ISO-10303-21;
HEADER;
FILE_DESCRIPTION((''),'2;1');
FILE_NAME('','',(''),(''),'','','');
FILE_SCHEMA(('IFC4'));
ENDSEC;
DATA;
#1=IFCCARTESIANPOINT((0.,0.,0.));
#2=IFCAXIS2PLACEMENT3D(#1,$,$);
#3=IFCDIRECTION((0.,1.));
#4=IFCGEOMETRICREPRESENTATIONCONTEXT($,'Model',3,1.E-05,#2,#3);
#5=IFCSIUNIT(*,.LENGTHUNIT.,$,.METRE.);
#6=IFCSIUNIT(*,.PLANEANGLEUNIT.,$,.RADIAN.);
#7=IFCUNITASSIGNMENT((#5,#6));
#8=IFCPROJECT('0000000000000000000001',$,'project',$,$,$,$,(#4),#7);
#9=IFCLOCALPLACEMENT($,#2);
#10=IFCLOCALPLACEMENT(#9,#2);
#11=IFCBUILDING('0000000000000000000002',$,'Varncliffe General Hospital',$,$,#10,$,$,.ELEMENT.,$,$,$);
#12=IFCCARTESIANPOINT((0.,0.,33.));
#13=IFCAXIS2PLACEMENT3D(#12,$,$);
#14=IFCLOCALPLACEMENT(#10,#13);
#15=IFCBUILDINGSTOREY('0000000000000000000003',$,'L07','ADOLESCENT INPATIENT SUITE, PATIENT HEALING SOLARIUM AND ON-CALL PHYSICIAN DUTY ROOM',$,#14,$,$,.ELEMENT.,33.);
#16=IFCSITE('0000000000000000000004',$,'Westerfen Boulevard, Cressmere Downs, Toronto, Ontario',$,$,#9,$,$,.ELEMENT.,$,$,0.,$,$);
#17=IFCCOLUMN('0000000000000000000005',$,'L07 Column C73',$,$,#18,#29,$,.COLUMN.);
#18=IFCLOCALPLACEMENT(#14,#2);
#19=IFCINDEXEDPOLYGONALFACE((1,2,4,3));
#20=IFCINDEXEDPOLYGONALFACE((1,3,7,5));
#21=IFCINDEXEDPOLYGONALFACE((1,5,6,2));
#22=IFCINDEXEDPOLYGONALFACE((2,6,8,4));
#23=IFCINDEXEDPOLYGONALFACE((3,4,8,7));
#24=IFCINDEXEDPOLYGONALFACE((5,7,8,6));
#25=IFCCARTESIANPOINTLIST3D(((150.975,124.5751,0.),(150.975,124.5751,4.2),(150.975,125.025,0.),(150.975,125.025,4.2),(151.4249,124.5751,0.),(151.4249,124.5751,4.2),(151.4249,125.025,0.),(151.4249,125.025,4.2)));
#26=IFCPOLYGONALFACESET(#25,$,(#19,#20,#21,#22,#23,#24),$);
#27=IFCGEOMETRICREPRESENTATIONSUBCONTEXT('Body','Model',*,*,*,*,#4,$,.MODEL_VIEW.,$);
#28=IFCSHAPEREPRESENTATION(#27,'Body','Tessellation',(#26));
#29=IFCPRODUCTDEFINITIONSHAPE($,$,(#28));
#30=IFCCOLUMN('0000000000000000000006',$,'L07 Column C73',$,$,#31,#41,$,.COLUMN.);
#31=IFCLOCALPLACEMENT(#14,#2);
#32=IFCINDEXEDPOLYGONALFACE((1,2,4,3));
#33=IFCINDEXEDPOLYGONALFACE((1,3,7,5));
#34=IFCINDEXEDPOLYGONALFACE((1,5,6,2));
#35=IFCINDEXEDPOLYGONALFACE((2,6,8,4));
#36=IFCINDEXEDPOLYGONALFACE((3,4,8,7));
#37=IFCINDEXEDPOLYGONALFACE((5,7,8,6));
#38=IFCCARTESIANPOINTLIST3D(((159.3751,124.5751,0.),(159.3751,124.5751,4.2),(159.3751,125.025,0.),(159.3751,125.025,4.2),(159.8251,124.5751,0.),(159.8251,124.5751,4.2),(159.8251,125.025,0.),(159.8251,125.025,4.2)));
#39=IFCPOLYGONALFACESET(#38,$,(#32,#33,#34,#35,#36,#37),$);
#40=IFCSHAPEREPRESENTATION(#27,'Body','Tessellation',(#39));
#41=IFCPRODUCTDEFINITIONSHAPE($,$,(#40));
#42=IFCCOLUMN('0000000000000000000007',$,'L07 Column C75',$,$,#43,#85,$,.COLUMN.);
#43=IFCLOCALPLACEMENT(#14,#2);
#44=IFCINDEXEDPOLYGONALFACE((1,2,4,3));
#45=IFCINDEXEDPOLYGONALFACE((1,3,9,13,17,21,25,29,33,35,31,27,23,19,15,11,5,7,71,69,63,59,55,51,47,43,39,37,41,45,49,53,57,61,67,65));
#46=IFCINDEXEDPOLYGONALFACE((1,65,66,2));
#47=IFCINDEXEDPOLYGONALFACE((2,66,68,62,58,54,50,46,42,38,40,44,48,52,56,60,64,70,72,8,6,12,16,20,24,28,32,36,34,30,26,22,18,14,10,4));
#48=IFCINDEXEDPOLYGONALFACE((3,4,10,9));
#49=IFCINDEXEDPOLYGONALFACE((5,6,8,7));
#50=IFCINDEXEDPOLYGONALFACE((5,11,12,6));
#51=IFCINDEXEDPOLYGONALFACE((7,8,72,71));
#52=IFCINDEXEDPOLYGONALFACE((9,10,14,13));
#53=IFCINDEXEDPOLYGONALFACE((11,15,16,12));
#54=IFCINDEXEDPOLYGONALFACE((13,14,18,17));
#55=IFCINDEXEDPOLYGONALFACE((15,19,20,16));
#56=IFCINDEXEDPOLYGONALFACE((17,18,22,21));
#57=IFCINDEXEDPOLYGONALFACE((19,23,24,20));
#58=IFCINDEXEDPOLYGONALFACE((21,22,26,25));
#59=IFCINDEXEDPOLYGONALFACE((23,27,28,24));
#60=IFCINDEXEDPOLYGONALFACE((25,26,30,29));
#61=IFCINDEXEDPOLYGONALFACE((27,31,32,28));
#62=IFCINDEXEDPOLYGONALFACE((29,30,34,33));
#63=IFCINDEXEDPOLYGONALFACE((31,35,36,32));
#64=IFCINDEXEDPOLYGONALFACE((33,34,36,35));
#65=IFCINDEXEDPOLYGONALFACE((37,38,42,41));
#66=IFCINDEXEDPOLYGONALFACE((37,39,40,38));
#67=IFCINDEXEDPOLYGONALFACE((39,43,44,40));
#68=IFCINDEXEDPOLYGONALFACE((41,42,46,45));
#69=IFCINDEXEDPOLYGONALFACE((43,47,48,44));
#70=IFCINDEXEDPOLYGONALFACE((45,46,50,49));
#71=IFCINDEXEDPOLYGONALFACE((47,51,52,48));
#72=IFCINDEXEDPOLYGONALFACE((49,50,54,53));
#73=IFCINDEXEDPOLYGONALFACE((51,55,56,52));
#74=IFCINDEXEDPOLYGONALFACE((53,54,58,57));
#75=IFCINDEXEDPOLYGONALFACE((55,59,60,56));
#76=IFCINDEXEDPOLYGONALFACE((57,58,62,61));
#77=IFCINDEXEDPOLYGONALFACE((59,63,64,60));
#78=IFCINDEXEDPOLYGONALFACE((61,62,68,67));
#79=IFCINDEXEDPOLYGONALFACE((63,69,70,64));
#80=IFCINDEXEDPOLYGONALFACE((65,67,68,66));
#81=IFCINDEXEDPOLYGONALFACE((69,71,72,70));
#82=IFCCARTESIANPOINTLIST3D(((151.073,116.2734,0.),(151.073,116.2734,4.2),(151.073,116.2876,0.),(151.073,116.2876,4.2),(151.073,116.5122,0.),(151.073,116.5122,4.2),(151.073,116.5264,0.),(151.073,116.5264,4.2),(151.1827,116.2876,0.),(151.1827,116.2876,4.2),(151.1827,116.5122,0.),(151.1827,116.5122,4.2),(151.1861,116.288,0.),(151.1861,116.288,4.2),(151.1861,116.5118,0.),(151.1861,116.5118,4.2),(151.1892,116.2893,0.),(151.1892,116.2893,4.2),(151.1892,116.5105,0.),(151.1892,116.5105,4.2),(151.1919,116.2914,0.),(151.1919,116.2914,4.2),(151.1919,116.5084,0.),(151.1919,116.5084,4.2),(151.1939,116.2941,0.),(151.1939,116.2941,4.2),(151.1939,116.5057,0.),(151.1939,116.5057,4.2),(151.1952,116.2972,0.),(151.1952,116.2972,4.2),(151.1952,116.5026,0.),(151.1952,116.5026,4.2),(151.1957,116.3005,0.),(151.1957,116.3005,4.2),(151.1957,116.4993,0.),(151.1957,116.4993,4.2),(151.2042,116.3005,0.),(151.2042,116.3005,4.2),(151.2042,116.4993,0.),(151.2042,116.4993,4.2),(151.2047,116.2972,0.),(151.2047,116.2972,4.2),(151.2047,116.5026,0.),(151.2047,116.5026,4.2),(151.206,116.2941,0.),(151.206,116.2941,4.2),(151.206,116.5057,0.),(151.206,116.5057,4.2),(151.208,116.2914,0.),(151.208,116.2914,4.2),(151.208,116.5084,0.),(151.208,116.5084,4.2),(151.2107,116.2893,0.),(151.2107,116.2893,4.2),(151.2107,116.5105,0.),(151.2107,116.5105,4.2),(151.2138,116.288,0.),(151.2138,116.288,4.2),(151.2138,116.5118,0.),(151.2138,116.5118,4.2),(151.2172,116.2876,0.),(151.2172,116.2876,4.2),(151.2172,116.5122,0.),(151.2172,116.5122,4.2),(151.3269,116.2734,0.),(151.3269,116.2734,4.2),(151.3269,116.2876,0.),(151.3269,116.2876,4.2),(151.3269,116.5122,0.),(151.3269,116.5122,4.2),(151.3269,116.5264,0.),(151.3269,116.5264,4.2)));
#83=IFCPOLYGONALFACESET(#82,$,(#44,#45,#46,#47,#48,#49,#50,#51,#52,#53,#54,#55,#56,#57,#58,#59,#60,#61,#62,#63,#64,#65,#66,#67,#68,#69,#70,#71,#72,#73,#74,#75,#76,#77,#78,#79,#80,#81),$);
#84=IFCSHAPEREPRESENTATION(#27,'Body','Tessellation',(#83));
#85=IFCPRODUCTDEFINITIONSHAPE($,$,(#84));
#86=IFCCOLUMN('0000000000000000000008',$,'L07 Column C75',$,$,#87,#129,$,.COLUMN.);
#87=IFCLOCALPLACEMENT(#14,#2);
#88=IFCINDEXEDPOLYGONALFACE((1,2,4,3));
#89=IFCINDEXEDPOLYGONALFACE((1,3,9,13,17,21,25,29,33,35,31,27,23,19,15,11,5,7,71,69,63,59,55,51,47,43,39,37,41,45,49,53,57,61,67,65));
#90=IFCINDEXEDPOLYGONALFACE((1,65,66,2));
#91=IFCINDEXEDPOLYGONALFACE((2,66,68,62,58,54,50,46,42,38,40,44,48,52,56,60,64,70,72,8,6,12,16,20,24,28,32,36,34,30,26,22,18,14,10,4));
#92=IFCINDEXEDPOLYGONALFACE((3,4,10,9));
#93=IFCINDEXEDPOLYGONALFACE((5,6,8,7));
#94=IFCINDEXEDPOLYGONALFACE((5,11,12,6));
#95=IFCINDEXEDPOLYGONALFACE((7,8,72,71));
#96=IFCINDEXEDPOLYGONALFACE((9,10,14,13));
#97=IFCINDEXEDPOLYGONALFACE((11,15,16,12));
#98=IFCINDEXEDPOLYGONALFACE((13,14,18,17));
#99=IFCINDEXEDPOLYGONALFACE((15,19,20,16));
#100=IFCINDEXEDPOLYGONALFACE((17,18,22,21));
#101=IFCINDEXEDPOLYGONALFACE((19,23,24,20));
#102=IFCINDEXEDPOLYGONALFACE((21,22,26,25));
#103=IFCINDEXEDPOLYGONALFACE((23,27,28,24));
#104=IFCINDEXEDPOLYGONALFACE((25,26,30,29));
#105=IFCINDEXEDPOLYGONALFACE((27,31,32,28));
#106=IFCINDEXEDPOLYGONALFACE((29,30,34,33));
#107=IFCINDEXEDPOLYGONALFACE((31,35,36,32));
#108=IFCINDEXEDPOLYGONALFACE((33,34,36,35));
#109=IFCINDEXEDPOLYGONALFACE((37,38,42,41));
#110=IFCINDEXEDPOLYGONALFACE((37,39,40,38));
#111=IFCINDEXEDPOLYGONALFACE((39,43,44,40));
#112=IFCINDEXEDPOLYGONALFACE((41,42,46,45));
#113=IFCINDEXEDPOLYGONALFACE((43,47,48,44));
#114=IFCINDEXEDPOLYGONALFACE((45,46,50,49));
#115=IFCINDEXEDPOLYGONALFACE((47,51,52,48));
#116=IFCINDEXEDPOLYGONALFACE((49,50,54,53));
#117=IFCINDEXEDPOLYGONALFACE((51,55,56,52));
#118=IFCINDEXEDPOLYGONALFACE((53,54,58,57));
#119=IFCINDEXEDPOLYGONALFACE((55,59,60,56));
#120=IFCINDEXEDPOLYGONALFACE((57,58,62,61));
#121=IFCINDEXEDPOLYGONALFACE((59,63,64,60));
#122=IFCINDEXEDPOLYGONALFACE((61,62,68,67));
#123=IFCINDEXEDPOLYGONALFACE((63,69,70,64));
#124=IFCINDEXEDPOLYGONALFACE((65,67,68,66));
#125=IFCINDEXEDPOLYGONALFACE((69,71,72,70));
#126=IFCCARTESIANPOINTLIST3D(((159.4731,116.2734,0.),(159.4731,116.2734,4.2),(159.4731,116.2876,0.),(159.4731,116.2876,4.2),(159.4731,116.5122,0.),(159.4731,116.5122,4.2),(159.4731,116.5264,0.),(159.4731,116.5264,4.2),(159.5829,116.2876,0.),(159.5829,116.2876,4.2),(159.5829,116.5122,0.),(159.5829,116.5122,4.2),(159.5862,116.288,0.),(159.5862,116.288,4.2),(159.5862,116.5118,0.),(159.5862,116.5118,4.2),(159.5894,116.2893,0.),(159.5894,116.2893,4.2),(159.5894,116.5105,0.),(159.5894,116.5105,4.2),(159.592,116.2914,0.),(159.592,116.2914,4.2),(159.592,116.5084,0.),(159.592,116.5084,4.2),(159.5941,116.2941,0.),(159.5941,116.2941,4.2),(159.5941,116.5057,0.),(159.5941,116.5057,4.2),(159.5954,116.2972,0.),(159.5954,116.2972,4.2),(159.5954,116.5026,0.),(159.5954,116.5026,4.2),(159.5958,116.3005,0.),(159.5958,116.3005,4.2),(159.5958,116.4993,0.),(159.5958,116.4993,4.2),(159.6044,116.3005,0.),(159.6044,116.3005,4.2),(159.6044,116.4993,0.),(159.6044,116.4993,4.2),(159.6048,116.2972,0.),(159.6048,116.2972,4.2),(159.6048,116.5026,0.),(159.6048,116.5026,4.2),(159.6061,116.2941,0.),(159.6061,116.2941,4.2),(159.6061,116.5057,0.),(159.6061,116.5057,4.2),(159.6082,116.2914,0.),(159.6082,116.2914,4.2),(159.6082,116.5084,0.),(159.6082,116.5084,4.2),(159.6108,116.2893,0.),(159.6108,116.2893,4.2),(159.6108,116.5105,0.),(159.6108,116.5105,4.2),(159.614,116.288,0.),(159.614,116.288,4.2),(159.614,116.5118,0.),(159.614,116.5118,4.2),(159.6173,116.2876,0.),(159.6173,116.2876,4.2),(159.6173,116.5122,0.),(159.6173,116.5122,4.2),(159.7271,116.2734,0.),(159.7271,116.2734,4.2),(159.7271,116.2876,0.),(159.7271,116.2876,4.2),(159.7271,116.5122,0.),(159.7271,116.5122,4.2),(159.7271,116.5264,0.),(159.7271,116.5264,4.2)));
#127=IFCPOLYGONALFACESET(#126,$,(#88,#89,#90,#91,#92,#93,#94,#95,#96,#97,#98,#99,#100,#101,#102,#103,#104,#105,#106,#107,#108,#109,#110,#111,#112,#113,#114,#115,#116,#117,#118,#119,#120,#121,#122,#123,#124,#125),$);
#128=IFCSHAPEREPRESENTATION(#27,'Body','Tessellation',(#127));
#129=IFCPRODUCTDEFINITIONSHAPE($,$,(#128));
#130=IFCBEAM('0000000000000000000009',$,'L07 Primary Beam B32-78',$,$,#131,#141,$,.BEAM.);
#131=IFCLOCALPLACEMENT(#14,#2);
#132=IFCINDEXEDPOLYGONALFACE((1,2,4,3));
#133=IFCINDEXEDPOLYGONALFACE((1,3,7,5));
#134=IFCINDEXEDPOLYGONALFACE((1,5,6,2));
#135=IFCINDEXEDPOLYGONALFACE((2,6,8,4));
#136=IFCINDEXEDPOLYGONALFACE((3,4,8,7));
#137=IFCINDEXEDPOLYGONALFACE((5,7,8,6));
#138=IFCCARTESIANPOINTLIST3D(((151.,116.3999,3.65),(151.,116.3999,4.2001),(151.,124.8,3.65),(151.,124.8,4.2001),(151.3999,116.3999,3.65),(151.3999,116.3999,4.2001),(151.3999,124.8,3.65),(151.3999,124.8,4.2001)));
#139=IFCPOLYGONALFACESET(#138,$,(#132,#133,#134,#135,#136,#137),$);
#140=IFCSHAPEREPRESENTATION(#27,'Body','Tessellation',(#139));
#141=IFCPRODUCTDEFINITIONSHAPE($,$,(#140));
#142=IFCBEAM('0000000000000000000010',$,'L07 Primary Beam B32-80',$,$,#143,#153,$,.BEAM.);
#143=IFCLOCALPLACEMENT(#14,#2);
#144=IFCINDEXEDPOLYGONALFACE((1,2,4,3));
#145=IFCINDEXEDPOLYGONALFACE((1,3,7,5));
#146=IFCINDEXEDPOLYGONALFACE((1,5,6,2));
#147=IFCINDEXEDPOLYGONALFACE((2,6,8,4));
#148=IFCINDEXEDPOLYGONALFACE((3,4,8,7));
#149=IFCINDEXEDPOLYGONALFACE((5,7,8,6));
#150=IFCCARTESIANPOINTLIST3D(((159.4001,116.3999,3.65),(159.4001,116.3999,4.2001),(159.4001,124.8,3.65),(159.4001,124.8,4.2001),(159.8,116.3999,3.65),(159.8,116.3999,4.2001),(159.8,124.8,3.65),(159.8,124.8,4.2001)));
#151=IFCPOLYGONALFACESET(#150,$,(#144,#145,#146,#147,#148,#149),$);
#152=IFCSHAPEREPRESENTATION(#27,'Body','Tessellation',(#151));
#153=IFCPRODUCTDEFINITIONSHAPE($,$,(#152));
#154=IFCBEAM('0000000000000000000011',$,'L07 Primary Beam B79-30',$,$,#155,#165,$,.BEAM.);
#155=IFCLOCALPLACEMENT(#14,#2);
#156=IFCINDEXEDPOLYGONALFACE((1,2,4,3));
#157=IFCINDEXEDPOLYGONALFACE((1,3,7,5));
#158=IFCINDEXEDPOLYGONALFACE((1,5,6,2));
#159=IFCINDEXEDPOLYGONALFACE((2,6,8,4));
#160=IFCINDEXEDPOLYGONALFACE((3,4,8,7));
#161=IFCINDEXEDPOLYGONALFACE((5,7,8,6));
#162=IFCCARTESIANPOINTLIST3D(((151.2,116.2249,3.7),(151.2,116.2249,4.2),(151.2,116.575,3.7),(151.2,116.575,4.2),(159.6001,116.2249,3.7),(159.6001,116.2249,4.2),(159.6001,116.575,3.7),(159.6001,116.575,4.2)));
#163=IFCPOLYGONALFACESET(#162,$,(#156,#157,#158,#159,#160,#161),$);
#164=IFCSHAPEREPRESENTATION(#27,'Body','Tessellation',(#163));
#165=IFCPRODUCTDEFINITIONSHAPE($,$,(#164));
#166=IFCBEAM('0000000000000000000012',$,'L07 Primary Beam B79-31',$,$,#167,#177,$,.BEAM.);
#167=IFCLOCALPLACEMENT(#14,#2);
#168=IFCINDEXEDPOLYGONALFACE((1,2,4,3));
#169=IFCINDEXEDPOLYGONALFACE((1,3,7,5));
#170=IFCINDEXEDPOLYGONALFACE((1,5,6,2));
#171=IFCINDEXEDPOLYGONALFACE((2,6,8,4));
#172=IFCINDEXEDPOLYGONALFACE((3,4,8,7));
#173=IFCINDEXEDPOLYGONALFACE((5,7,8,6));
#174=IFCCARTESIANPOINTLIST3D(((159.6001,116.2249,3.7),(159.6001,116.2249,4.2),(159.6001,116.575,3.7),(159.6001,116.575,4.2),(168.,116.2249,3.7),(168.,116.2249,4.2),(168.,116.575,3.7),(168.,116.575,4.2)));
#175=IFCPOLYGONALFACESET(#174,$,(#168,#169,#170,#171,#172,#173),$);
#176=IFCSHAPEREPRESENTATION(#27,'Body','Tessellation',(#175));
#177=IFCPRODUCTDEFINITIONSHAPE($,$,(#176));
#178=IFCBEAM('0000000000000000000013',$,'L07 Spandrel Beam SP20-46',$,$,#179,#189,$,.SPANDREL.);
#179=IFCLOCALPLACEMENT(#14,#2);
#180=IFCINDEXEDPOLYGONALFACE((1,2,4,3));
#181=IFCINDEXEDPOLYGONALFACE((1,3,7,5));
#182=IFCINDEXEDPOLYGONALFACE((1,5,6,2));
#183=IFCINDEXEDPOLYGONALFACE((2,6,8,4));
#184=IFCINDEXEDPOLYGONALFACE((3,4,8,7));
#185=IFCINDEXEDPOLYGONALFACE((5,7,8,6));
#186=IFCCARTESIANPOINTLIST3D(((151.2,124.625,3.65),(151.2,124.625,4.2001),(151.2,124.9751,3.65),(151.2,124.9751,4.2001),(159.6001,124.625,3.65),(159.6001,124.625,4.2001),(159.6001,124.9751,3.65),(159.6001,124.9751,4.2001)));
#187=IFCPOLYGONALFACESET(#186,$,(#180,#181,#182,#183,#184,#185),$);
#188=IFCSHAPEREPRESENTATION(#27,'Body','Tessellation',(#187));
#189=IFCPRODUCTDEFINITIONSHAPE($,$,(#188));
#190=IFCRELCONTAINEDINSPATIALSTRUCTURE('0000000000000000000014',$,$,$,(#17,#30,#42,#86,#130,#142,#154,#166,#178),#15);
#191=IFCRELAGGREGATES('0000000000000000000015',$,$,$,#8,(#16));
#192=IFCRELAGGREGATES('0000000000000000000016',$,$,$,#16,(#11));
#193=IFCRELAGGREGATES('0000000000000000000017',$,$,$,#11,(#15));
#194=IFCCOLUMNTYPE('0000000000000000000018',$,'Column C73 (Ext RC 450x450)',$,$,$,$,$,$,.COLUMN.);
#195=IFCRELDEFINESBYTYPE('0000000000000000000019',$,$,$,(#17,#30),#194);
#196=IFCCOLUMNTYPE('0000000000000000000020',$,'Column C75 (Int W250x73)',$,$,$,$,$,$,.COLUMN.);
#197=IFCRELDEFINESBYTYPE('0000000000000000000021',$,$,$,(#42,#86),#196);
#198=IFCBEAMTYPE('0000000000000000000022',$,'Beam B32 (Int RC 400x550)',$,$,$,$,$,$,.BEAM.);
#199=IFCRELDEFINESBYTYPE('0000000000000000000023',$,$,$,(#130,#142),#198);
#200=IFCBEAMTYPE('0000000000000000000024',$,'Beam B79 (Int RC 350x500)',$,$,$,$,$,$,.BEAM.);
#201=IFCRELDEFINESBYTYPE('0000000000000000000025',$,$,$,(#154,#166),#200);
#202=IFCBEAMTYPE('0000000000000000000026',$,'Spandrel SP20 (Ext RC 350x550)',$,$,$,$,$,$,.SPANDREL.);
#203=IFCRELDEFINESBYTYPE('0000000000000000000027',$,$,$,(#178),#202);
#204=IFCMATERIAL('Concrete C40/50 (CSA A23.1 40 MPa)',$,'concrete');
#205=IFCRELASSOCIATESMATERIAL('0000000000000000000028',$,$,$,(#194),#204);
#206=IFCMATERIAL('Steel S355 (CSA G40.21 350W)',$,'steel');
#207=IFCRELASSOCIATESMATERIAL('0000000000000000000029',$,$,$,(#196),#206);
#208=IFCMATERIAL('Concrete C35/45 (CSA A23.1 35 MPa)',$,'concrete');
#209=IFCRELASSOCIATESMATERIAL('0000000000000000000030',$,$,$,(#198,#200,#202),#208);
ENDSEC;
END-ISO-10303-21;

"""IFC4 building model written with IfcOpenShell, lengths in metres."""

from ifc_helpers import new_model, si_unit, direction, frame, origin, origin_2d, place, context, subcontext, project, spatial, rectangle, i_section, extrude, material, material_profile, profile_set, type_object, element, save


model = new_model("IFC4")

# Units and contexts
model_context = context("Model", 3, precision=1e-05, world=origin(), true_north=direction((0.0, 1.0)))
body_context = subcontext(model_context, "Body", "Model", "MODEL_VIEW")
ifc_project = project(units=[si_unit("LENGTHUNIT", "METRE"), si_unit("PLANEANGLEUNIT", "RADIAN")], contexts=[model_context])

# Site, building, storey
site_placement = place(None, origin())
site = spatial("IfcSite", under=ifc_project, at=site_placement, Name="Westerfen Boulevard, Cressmere Downs, Toronto, Ontario", CompositionType="ELEMENT", RefElevation=0.0)
building_placement = place(site_placement, origin())
building = spatial("IfcBuilding", under=site, at=building_placement, Name="Varncliffe General Hospital", CompositionType="ELEMENT")
storey_placement = place(building_placement, frame((0.0, 0.0, 33.0)))
storey = spatial("IfcBuildingStorey", under=building, at=storey_placement, Name="L07", Description="ADOLESCENT INPATIENT SUITE, PATIENT HEALING SOLARIUM AND ON-CALL PHYSICIAN DUTY ROOM", CompositionType="ELEMENT", Elevation=33.0)

# Columns
ifc_material_1 = material(Name="Concrete C40/50 (CSA A23.1 40 MPa)", Category="concrete")
ifc_material_profile_1 = material_profile(ifc_material_1, rectangle(XDim=0.45, YDim=0.45, at=origin_2d()), Name="RC 450x450")
ifc_profile_set_1 = profile_set([ifc_material_profile_1], Name="Concrete C40/50 (CSA A23.1 40 MPa)")
column_type_1 = type_object("IfcColumnType", Name="Column C73 (Ext RC 450x450)", PredefinedType="COLUMN", material=ifc_profile_set_1)
for number, where, z_axis, x_axis, name in (
    (1, (151.2, 124.8, 0.0), (0.0, 0.0, 1.0), (1.0, 0.0, 0.0), "L07 Column C73"),
    (2, (159.6001, 124.8, 0.0), (0.0, 0.0, 1.0), (1.0, 0.0, 0.0), "L07 Column C73"),
):
    element("IfcColumn", number, at=place(storey_placement, frame(where, z_axis=z_axis, x_axis=x_axis)), inside=storey, type_object=column_type_1, Name=name, PredefinedType="COLUMN", context=body_context, shape_type="SweptSolid", body=[
        extrude(rectangle(XDim=0.45, YDim=0.45, at=origin_2d()), origin(), (0.0, 0.0, 1.0), 4.2),
    ])
ifc_material_2 = material(Name="Steel S355 (CSA G40.21 350W)", Category="steel")
ifc_material_profile_2 = material_profile(ifc_material_2, i_section(OverallWidth=0.2539, OverallDepth=0.2529, WebThickness=0.0085, FlangeThickness=0.0142, FilletRadius=0.0129, at=origin_2d()), Name="W250x73")
ifc_profile_set_2 = profile_set([ifc_material_profile_2], Name="Steel S355 (CSA G40.21 350W)")
column_type_2 = type_object("IfcColumnType", Name="Column C75 (Int W250x73)", PredefinedType="COLUMN", material=ifc_profile_set_2)
for number, where, z_axis, x_axis, name in (
    (3, (151.2, 116.3999, 0.0), (0.0, 0.0, 1.0), (1.0, 0.0, 0.0), "L07 Column C75"),
    (4, (159.6001, 116.3999, 0.0), (0.0, 0.0, 1.0), (1.0, 0.0, 0.0), "L07 Column C75"),
):
    element("IfcColumn", number, at=place(storey_placement, frame(where, z_axis=z_axis, x_axis=x_axis)), inside=storey, type_object=column_type_2, Name=name, PredefinedType="COLUMN", context=body_context, shape_type="SweptSolid", body=[
        extrude(i_section(OverallWidth=0.2539, OverallDepth=0.2529, WebThickness=0.0085, FlangeThickness=0.0142, FilletRadius=0.0129, at=origin_2d()), origin(), (0.0, 0.0, 1.0), 4.2),
    ])

# Beams
ifc_material_3 = material(Name="Concrete C35/45 (CSA A23.1 35 MPa)", Category="concrete")
ifc_material_profile_3 = material_profile(ifc_material_3, rectangle(XDim=0.3999, YDim=0.55, at=origin_2d()), Name="RC 400x550")
ifc_profile_set_3 = profile_set([ifc_material_profile_3], Name="Concrete C35/45 (CSA A23.1 35 MPa)")
beam_type_1 = type_object("IfcBeamType", Name="Beam B32 (Int RC 400x550)", PredefinedType="BEAM", material=ifc_profile_set_3)
for number, where, z_axis, x_axis, name in (
    (5, (151.2, 116.3999, 3.925), (0.0, 1.0, 0.0), (-1.0, 0.0, 0.0), "L07 Primary Beam B32-78"),
    (6, (159.6001, 116.3999, 3.925), (0.0, 1.0, 0.0), (-1.0, 0.0, 0.0), "L07 Primary Beam B32-80"),
):
    element("IfcBeam", number, at=place(storey_placement, frame(where, z_axis=z_axis, x_axis=x_axis)), inside=storey, type_object=beam_type_1, Name=name, PredefinedType="BEAM", context=body_context, shape_type="SweptSolid", body=[
        extrude(rectangle(XDim=0.3999, YDim=0.55, at=origin_2d()), origin(), (0.0, 0.0, 1.0), 8.4001),
    ])
ifc_material_profile_4 = material_profile(ifc_material_3, rectangle(XDim=0.3501, YDim=0.5, at=origin_2d()), Name="RC 350x500")
ifc_profile_set_4 = profile_set([ifc_material_profile_4], Name="Concrete C35/45 (CSA A23.1 35 MPa)")
beam_type_2 = type_object("IfcBeamType", Name="Beam B79 (Int RC 350x500)", PredefinedType="BEAM", material=ifc_profile_set_4)
beam_1_placement = place(storey_placement, frame((151.2, 116.3999, 3.95), z_axis=(1.0, 0.0, 0.0), x_axis=(0.0, 1.0, 0.0)))
element("IfcBeam", 7, at=beam_1_placement, inside=storey, type_object=beam_type_2, Name="L07 Primary Beam B79-30", PredefinedType="BEAM", context=body_context, shape_type="SweptSolid", body=[
    extrude(rectangle(XDim=0.3501, YDim=0.5, at=origin_2d()), origin(), (0.0, 0.0, 1.0), 8.4001),
])
beam_2_placement = place(storey_placement, frame((159.6001, 116.3999, 3.95), z_axis=(1.0, 0.0, 0.0), x_axis=(0.0, 1.0, 0.0)))
element("IfcBeam", 8, at=beam_2_placement, inside=storey, type_object=beam_type_2, Name="L07 Primary Beam B79-31", PredefinedType="BEAM", context=body_context, shape_type="SweptSolid", body=[
    extrude(rectangle(XDim=0.3501, YDim=0.5, at=origin_2d()), origin(), (0.0, 0.0, 1.0), 8.3999),
])
ifc_material_profile_5 = material_profile(ifc_material_3, rectangle(XDim=0.3501, YDim=0.55, at=origin_2d()), Name="RC 350x550")
ifc_profile_set_5 = profile_set([ifc_material_profile_5], Name="Concrete C35/45 (CSA A23.1 35 MPa)")
beam_type_3 = type_object("IfcBeamType", Name="Spandrel SP20 (Ext RC 350x550)", PredefinedType="SPANDREL", material=ifc_profile_set_5)
beam_3_placement = place(storey_placement, frame((151.2, 124.8, 3.925), z_axis=(1.0, 0.0, 0.0), x_axis=(0.0, 1.0, 0.0)))
element("IfcBeam", 9, at=beam_3_placement, inside=storey, type_object=beam_type_3, Name="L07 Spandrel Beam SP20-46", PredefinedType="SPANDREL", context=body_context, shape_type="SweptSolid", body=[
    extrude(rectangle(XDim=0.3501, YDim=0.55, at=origin_2d()), origin(), (0.0, 0.0, 1.0), 8.4001),
])

save(model, "model.ifc")
